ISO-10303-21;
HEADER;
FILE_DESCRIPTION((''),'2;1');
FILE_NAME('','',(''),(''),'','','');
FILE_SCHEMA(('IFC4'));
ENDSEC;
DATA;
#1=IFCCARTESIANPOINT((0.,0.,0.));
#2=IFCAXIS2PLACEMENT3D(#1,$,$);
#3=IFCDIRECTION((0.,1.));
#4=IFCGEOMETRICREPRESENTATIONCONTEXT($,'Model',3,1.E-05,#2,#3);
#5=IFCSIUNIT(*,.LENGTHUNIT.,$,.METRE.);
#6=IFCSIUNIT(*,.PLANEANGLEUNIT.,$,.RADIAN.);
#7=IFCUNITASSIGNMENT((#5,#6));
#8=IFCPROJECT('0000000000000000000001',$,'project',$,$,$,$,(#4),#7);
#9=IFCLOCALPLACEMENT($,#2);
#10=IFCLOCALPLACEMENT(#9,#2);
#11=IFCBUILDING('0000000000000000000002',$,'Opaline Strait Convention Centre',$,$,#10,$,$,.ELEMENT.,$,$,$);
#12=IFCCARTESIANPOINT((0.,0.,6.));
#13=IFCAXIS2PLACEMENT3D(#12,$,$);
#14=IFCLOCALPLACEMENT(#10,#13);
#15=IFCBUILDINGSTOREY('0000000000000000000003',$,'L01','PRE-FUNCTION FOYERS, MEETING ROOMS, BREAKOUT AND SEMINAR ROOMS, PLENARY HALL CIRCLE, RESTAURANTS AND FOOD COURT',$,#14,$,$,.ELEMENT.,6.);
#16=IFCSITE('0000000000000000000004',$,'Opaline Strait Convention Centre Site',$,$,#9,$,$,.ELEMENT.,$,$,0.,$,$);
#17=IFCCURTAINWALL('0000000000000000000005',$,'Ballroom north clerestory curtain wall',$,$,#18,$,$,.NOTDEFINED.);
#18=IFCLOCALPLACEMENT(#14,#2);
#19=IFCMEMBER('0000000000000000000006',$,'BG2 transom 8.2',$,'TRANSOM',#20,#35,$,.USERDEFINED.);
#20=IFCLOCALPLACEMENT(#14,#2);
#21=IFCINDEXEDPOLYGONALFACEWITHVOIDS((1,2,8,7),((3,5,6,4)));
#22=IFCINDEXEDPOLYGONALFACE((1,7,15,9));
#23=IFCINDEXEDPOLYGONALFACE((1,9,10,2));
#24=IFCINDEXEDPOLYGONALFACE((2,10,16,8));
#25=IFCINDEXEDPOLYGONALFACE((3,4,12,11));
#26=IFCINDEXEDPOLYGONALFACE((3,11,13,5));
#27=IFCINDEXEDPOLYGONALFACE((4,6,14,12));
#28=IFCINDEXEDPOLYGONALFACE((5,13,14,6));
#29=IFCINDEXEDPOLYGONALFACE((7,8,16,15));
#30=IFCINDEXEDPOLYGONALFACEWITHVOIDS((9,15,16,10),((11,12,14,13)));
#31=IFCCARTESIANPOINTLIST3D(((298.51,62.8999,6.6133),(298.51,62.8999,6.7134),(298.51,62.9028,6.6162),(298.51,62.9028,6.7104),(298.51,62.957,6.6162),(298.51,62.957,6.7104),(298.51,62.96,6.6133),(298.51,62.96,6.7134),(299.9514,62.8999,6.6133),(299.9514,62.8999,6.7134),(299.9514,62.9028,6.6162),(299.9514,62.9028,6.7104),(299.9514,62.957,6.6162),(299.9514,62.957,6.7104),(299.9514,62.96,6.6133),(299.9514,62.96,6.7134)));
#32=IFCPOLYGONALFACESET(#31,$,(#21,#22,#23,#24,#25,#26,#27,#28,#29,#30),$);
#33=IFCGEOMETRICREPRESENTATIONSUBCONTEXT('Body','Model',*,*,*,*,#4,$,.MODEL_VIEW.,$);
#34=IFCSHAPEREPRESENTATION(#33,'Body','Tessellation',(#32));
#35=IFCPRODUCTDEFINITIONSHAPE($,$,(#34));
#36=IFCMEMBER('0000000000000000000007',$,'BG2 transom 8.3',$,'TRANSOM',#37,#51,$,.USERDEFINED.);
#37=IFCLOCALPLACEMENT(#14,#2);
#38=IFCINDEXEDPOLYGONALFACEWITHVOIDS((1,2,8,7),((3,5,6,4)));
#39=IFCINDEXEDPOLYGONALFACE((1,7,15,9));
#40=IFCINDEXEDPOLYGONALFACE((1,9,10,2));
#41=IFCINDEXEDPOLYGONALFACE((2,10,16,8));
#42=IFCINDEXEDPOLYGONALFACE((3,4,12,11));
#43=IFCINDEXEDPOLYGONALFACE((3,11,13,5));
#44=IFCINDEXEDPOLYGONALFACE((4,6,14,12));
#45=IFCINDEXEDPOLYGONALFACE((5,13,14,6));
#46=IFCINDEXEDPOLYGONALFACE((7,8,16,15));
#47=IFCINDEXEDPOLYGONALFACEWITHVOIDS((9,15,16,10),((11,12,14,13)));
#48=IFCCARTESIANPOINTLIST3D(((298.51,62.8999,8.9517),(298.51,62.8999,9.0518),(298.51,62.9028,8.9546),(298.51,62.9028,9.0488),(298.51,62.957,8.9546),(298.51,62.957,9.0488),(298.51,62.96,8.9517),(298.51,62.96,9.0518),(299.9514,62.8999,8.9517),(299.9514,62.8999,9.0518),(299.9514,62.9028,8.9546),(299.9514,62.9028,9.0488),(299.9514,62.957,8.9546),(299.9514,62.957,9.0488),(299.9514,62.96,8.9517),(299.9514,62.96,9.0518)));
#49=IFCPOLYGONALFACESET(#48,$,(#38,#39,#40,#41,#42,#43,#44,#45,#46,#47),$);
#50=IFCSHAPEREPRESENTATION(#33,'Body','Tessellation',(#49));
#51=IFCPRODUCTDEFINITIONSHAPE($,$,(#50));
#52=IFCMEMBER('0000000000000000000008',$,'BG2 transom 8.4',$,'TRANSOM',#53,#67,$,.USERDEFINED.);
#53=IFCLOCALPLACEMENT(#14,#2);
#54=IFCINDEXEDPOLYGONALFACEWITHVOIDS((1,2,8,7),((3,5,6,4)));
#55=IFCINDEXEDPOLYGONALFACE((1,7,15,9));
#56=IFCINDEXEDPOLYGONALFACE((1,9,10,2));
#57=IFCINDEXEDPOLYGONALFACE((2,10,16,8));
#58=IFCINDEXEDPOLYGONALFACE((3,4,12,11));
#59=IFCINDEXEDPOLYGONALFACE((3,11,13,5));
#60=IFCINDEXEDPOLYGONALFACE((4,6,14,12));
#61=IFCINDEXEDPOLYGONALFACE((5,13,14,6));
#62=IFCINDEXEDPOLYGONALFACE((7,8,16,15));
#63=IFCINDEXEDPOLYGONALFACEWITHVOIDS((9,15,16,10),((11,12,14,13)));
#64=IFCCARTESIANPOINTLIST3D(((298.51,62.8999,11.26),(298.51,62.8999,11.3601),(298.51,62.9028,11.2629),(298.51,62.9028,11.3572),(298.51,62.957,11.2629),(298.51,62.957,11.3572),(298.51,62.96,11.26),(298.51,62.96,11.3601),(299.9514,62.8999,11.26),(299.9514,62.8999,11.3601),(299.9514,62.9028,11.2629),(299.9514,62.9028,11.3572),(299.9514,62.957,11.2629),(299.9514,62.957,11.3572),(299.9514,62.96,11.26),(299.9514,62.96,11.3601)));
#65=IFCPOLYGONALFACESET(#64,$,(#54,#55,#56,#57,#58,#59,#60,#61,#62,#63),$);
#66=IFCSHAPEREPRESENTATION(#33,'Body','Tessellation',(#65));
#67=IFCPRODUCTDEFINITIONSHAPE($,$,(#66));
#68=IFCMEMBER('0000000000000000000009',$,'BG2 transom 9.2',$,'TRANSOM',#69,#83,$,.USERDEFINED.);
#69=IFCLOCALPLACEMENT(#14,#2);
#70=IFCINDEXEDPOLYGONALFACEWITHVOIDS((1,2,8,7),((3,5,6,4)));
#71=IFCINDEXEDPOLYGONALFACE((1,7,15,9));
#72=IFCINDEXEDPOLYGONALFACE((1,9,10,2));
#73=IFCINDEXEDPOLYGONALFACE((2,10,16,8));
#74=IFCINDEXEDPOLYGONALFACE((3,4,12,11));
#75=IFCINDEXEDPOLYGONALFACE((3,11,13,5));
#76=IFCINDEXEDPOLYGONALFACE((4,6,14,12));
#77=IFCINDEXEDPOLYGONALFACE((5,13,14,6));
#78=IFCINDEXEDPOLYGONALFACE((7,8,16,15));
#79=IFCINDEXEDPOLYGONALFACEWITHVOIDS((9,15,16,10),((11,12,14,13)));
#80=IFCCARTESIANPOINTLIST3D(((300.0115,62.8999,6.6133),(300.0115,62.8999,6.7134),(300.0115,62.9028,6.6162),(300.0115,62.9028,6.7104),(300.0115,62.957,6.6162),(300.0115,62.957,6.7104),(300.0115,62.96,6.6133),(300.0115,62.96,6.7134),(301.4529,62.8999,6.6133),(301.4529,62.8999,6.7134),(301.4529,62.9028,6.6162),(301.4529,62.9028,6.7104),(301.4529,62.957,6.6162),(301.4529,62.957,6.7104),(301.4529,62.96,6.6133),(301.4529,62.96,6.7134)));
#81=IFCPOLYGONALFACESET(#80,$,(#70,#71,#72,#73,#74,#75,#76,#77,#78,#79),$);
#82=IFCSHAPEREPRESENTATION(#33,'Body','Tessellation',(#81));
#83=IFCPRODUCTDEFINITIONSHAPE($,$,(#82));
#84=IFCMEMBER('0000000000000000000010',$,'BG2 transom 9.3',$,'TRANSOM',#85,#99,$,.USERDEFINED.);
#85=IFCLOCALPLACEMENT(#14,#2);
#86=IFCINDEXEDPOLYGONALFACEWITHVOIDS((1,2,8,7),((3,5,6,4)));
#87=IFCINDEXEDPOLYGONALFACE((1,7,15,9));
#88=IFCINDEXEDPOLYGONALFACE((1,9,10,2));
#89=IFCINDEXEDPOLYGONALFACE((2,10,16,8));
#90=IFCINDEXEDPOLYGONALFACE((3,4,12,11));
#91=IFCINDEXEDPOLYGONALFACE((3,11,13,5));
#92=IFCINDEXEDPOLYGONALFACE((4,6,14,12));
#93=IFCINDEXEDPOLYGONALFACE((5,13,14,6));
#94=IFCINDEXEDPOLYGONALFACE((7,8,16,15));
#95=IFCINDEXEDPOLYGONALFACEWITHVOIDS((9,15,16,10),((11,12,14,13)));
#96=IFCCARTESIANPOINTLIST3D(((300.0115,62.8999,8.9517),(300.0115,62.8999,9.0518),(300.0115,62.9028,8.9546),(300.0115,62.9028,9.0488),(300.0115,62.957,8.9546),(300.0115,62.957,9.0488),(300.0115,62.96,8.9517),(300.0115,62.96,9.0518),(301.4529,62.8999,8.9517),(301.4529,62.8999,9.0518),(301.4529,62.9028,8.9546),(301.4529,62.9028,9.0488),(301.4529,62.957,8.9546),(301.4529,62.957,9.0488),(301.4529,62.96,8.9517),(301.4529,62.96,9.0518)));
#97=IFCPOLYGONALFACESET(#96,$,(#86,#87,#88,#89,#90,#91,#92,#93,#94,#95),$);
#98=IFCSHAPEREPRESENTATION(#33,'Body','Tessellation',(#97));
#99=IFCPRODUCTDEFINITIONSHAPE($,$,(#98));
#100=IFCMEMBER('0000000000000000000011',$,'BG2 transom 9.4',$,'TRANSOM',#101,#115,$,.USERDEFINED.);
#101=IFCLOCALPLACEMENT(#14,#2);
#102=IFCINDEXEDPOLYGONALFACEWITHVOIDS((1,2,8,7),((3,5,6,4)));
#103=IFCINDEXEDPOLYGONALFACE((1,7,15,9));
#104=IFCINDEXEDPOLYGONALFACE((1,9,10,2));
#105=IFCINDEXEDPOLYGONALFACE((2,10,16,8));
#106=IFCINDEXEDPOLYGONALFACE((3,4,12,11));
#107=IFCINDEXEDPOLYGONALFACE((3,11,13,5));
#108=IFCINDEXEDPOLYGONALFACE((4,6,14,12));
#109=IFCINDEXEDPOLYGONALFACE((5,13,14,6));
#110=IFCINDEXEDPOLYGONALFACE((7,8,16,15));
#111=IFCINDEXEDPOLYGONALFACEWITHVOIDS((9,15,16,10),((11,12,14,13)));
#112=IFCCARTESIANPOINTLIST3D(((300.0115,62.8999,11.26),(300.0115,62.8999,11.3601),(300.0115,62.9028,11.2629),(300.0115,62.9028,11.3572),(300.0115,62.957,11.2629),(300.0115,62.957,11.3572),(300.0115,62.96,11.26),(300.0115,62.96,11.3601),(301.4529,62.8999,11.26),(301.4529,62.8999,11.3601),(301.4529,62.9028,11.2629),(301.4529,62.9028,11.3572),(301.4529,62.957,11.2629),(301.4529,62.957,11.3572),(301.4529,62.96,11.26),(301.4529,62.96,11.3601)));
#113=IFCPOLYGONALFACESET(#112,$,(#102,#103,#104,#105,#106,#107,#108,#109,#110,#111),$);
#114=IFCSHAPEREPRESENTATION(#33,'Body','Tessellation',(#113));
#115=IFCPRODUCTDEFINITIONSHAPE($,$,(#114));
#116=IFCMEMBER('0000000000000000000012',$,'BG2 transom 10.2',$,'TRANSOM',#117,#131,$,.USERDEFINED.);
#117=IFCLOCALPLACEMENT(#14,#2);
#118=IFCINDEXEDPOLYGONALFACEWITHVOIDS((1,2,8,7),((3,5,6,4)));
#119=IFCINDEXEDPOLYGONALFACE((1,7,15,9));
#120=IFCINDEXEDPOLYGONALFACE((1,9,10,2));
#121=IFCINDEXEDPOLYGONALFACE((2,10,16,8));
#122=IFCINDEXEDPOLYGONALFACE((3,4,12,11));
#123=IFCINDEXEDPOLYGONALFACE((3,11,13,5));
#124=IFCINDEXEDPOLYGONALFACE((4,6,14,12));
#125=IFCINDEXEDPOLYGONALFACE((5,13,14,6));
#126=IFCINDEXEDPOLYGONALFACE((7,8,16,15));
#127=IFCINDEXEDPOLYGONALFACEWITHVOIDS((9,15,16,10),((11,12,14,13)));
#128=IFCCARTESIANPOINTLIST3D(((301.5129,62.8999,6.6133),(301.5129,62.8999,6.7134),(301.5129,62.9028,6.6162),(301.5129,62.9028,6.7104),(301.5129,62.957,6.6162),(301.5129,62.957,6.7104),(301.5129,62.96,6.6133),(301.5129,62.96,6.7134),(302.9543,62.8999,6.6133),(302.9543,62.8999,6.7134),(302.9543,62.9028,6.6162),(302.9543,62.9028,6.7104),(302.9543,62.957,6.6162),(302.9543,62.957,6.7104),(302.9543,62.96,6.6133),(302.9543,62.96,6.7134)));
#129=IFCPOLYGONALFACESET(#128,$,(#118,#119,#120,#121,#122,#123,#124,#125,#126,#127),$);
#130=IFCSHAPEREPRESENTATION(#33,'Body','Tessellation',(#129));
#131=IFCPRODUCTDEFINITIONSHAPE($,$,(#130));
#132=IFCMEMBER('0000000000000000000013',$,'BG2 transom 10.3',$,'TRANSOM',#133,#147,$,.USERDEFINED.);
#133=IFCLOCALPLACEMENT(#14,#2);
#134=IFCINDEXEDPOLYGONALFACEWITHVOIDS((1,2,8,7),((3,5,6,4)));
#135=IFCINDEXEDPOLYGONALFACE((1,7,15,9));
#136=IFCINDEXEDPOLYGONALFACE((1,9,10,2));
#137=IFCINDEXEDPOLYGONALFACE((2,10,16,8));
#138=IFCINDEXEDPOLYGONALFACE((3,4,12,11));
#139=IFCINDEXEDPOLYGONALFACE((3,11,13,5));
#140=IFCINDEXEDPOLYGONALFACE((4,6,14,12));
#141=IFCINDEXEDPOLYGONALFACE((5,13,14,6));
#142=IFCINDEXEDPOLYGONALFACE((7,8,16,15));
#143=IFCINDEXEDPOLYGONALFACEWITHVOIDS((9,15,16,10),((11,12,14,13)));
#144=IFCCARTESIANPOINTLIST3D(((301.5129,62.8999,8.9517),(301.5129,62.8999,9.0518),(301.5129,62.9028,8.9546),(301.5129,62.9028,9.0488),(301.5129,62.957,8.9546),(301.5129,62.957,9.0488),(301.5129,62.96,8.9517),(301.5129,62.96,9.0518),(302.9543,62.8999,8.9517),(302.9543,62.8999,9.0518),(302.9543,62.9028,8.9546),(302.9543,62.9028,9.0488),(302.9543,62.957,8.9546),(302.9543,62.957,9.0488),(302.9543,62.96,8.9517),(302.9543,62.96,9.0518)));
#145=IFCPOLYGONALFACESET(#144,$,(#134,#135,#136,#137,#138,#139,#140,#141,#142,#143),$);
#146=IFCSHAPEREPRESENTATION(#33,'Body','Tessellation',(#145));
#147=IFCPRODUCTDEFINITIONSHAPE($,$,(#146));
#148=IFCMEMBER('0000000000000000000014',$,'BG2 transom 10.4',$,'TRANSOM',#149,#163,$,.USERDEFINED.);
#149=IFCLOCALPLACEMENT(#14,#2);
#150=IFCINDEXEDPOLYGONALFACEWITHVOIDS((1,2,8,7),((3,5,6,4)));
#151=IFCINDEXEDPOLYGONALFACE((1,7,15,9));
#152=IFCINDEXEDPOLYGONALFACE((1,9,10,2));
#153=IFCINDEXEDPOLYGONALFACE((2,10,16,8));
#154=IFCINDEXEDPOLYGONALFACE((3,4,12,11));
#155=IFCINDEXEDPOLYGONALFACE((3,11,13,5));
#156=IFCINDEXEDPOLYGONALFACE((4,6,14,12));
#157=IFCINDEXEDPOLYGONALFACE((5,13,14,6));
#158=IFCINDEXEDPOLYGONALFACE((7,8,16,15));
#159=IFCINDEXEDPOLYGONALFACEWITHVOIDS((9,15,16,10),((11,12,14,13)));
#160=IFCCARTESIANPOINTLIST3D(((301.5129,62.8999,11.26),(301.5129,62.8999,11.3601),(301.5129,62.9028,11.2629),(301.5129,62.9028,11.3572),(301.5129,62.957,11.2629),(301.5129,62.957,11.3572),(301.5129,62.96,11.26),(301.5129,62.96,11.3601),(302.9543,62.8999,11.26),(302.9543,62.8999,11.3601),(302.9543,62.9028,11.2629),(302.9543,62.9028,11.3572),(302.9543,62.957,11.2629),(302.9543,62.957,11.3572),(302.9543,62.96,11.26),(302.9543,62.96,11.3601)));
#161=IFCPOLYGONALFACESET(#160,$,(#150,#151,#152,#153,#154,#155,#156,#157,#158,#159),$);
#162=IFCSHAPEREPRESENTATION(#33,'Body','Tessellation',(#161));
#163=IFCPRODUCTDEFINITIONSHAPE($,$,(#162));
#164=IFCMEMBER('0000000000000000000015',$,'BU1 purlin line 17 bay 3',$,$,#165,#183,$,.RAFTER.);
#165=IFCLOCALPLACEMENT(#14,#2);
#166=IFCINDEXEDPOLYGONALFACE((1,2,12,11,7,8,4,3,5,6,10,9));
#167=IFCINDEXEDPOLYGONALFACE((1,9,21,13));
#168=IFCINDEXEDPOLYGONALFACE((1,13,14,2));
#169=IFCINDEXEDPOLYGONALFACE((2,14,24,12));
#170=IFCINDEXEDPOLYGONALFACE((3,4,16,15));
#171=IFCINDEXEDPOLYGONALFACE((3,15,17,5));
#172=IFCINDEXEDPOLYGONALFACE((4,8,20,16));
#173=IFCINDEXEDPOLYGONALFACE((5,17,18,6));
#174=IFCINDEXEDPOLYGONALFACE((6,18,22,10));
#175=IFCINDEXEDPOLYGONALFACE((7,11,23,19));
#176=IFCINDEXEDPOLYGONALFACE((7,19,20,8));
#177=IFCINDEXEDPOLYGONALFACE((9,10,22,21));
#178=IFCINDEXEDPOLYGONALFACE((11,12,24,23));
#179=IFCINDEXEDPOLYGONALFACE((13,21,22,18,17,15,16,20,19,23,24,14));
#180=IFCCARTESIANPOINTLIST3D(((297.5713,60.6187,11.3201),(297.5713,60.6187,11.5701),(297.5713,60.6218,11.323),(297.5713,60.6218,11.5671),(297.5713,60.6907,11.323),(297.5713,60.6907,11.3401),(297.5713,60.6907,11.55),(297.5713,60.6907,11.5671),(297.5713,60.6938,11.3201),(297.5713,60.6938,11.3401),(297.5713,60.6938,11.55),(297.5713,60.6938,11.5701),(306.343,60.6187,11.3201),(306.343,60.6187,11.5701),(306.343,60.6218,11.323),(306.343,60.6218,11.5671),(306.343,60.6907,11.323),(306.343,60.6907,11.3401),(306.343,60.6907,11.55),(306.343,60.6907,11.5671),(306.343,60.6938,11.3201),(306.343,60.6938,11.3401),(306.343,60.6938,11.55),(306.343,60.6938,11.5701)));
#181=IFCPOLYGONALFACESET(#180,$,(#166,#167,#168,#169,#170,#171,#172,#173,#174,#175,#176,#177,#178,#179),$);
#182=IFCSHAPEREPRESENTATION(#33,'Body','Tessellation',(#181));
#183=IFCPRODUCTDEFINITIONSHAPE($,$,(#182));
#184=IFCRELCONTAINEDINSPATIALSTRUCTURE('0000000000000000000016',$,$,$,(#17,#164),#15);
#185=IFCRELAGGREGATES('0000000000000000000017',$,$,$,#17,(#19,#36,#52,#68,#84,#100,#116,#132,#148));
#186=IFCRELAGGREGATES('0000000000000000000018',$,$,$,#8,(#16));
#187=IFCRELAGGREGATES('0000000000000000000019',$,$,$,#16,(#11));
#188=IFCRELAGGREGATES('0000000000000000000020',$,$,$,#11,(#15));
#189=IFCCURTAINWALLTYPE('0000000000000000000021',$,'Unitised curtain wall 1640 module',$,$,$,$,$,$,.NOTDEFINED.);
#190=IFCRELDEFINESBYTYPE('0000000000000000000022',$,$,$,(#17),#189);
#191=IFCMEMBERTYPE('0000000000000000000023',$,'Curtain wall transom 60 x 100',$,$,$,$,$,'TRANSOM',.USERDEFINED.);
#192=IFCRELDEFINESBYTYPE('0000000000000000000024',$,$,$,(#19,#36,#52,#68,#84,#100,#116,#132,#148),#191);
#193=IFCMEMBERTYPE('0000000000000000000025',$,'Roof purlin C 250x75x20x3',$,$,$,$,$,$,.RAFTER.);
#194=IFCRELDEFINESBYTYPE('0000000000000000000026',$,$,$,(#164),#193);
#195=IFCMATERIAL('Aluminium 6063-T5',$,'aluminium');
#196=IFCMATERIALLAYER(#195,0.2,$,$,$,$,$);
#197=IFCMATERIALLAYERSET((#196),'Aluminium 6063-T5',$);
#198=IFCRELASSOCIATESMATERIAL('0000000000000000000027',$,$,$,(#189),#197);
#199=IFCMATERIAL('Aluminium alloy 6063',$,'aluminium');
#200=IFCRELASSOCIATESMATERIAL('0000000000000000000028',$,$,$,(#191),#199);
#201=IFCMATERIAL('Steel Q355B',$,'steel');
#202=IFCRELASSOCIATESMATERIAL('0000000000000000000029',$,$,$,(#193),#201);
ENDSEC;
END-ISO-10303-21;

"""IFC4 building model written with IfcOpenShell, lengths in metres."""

from ifc_helpers import new_model, si_unit, direction, frame, origin, origin_2d, place, context, subcontext, project, spatial, polyline, hollow_rectangle, outline, extrude, material, layer, layer_set, material_profile, profile_set, type_object, element, aggregate, save


model = new_model("IFC4")

# Units and contexts
model_context = context("Model", 3, precision=1e-05, world=origin(), true_north=direction((0.0, 1.0)))
body_context = subcontext(model_context, "Body", "Model", "MODEL_VIEW")
ifc_project = project(units=[si_unit("LENGTHUNIT", "METRE"), si_unit("PLANEANGLEUNIT", "RADIAN")], contexts=[model_context])

# Site, building, storey
site_placement = place(None, origin())
site = spatial("IfcSite", under=ifc_project, at=site_placement, Name="Opaline Strait Convention Centre Site", CompositionType="ELEMENT", RefElevation=0.0)
building_placement = place(site_placement, origin())
building = spatial("IfcBuilding", under=site, at=building_placement, Name="Opaline Strait Convention Centre", CompositionType="ELEMENT")
storey_placement = place(building_placement, frame((0.0, 0.0, 6.0)))
storey = spatial("IfcBuildingStorey", under=building, at=storey_placement, Name="L01", Description="PRE-FUNCTION FOYERS, MEETING ROOMS, BREAKOUT AND SEMINAR ROOMS, PLENARY HALL CIRCLE, RESTAURANTS AND FOOD COURT", CompositionType="ELEMENT", Elevation=6.0)

# Curtain wall, members
ifc_material_1 = material(Name="Aluminium 6063-T5", Category="aluminium")
ifc_layer_1 = layer(ifc_material_1, 0.2)
ifc_layer_set_1 = layer_set([ifc_layer_1], Name="Aluminium 6063-T5")
curtain_wall_type = type_object("IfcCurtainWallType", Name="Unitised curtain wall 1640 module", PredefinedType="NOTDEFINED", material=ifc_layer_set_1)
curtain_wall_placement = place(storey_placement, origin())
curtain_wall = element("IfcCurtainWall", 1, at=curtain_wall_placement, inside=storey, type_object=curtain_wall_type, Name="Ballroom north clerestory curtain wall", PredefinedType="NOTDEFINED")
ifc_material_2 = material(Name="Aluminium alloy 6063", Category="aluminium")
ifc_material_profile_1 = material_profile(ifc_material_2, hollow_rectangle(XDim=0.0601, YDim=0.1001, WallThickness=0.0029, at=origin_2d()), Name="TRANSOM 60x100x3")
ifc_profile_set_1 = profile_set([ifc_material_profile_1], Name="Aluminium alloy 6063")
member_type_1 = type_object("IfcMemberType", Name="Curtain wall transom 60 x 100", ElementType="TRANSOM", PredefinedType="USERDEFINED", material=ifc_profile_set_1)
member_1_placement = place(storey_placement, frame((298.51, 62.9299, 6.6633), z_axis=(1.0, 0.0, 0.0), x_axis=(0.0, 1.0, 0.0)))
member_1 = element("IfcMember", 2, at=member_1_placement, type_object=member_type_1, Name="BG2 transom 8.2", ObjectType="TRANSOM", PredefinedType="USERDEFINED", context=body_context, shape_type="SweptSolid", body=[
    extrude(hollow_rectangle(XDim=0.0601, YDim=0.1001, WallThickness=0.0029, at=origin_2d()), origin(), (0.0, 0.0, 1.0), 1.4414),
])
member_2_placement = place(storey_placement, frame((298.51, 62.9299, 9.0017), z_axis=(1.0, 0.0, 0.0), x_axis=(0.0, 1.0, 0.0)))
member_2 = element("IfcMember", 3, at=member_2_placement, type_object=member_type_1, Name="BG2 transom 8.3", ObjectType="TRANSOM", PredefinedType="USERDEFINED", context=body_context, shape_type="SweptSolid", body=[
    extrude(hollow_rectangle(XDim=0.0601, YDim=0.1001, WallThickness=0.0029, at=origin_2d()), origin(), (0.0, 0.0, 1.0), 1.4414),
])
member_3_placement = place(storey_placement, frame((298.51, 62.9299, 11.3101), z_axis=(1.0, 0.0, 0.0), x_axis=(0.0, 1.0, 0.0)))
member_3 = element("IfcMember", 4, at=member_3_placement, type_object=member_type_1, Name="BG2 transom 8.4", ObjectType="TRANSOM", PredefinedType="USERDEFINED", context=body_context, shape_type="SweptSolid", body=[
    extrude(hollow_rectangle(XDim=0.0601, YDim=0.1001, WallThickness=0.0029, at=origin_2d()), origin(), (0.0, 0.0, 1.0), 1.4414),
])
member_4_placement = place(storey_placement, frame((300.0115, 62.9299, 6.6633), z_axis=(1.0, 0.0, 0.0), x_axis=(0.0, 1.0, 0.0)))
member_4 = element("IfcMember", 5, at=member_4_placement, type_object=member_type_1, Name="BG2 transom 9.2", ObjectType="TRANSOM", PredefinedType="USERDEFINED", context=body_context, shape_type="SweptSolid", body=[
    extrude(hollow_rectangle(XDim=0.0601, YDim=0.1001, WallThickness=0.0029, at=origin_2d()), origin(), (0.0, 0.0, 1.0), 1.4414),
])
member_5_placement = place(storey_placement, frame((300.0115, 62.9299, 9.0017), z_axis=(1.0, 0.0, 0.0), x_axis=(0.0, 1.0, 0.0)))
member_5 = element("IfcMember", 6, at=member_5_placement, type_object=member_type_1, Name="BG2 transom 9.3", ObjectType="TRANSOM", PredefinedType="USERDEFINED", context=body_context, shape_type="SweptSolid", body=[
    extrude(hollow_rectangle(XDim=0.0601, YDim=0.1001, WallThickness=0.0029, at=origin_2d()), origin(), (0.0, 0.0, 1.0), 1.4414),
])
member_6_placement = place(storey_placement, frame((300.0115, 62.9299, 11.3101), z_axis=(1.0, 0.0, 0.0), x_axis=(0.0, 1.0, 0.0)))
member_6 = element("IfcMember", 7, at=member_6_placement, type_object=member_type_1, Name="BG2 transom 9.4", ObjectType="TRANSOM", PredefinedType="USERDEFINED", context=body_context, shape_type="SweptSolid", body=[
    extrude(hollow_rectangle(XDim=0.0601, YDim=0.1001, WallThickness=0.0029, at=origin_2d()), origin(), (0.0, 0.0, 1.0), 1.4414),
])
member_7_placement = place(storey_placement, frame((301.5129, 62.9299, 6.6633), z_axis=(1.0, 0.0, 0.0), x_axis=(0.0, 1.0, 0.0)))
member_7 = element("IfcMember", 8, at=member_7_placement, type_object=member_type_1, Name="BG2 transom 10.2", ObjectType="TRANSOM", PredefinedType="USERDEFINED", context=body_context, shape_type="SweptSolid", body=[
    extrude(hollow_rectangle(XDim=0.0601, YDim=0.1001, WallThickness=0.0029, at=origin_2d()), origin(), (0.0, 0.0, 1.0), 1.4414),
])
member_8_placement = place(storey_placement, frame((301.5129, 62.9299, 9.0017), z_axis=(1.0, 0.0, 0.0), x_axis=(0.0, 1.0, 0.0)))
member_8 = element("IfcMember", 9, at=member_8_placement, type_object=member_type_1, Name="BG2 transom 10.3", ObjectType="TRANSOM", PredefinedType="USERDEFINED", context=body_context, shape_type="SweptSolid", body=[
    extrude(hollow_rectangle(XDim=0.0601, YDim=0.1001, WallThickness=0.0029, at=origin_2d()), origin(), (0.0, 0.0, 1.0), 1.4414),
])
member_9_placement = place(storey_placement, frame((301.5129, 62.9299, 11.3101), z_axis=(1.0, 0.0, 0.0), x_axis=(0.0, 1.0, 0.0)))
member_9 = element("IfcMember", 10, at=member_9_placement, type_object=member_type_1, Name="BG2 transom 10.4", ObjectType="TRANSOM", PredefinedType="USERDEFINED", context=body_context, shape_type="SweptSolid", body=[
    extrude(hollow_rectangle(XDim=0.0601, YDim=0.1001, WallThickness=0.0029, at=origin_2d()), origin(), (0.0, 0.0, 1.0), 1.4414),
])

# Member
ifc_material_3 = material(Name="Steel Q355B", Category="steel")
ifc_material_profile_2 = material_profile(ifc_material_3, outline(polyline([(-0.0376, -0.125), (0.0376, -0.125), (0.0376, -0.105), (0.0344, -0.105), (0.0344, -0.1221), (-0.0344, -0.1221), (-0.0344, 0.1221), (0.0344, 0.1221), (0.0344, 0.105), (0.0376, 0.105), (0.0376, 0.125), (-0.0376, 0.125), (-0.0376, -0.125)])), Name="C 250x75x20x3")
ifc_profile_set_2 = profile_set([ifc_material_profile_2], Name="Steel Q355B")
member_type_2 = type_object("IfcMemberType", Name="Roof purlin C 250x75x20x3", PredefinedType="RAFTER", material=ifc_profile_set_2)
for number, where, z_axis, x_axis, name in (
    (11, (297.5713, 60.6562, 11.4451), (1.0, 0.0, 0.0), (0.0, 1.0, 0.0), "BU1 purlin line 17 bay 3"),
):
    element("IfcMember", number, at=place(storey_placement, frame(where, z_axis=z_axis, x_axis=x_axis)), inside=storey, type_object=member_type_2, Name=name, PredefinedType="RAFTER", context=body_context, shape_type="SweptSolid", body=[
        extrude(outline(polyline([(-0.0376, -0.125), (0.0376, -0.125), (0.0376, -0.105), (0.0344, -0.105), (0.0344, -0.1221), (-0.0344, -0.1221), (-0.0344, 0.1221), (0.0344, 0.1221), (0.0344, 0.105), (0.0376, 0.105), (0.0376, 0.125), (-0.0376, 0.125), (-0.0376, -0.125)])), origin(), (0.0, 0.0, 1.0), 8.7717),
    ])

aggregate(curtain_wall, [member_1, member_2, member_3, member_4, member_5, member_6, member_7, member_8, member_9])

save(model, "model.ifc")
